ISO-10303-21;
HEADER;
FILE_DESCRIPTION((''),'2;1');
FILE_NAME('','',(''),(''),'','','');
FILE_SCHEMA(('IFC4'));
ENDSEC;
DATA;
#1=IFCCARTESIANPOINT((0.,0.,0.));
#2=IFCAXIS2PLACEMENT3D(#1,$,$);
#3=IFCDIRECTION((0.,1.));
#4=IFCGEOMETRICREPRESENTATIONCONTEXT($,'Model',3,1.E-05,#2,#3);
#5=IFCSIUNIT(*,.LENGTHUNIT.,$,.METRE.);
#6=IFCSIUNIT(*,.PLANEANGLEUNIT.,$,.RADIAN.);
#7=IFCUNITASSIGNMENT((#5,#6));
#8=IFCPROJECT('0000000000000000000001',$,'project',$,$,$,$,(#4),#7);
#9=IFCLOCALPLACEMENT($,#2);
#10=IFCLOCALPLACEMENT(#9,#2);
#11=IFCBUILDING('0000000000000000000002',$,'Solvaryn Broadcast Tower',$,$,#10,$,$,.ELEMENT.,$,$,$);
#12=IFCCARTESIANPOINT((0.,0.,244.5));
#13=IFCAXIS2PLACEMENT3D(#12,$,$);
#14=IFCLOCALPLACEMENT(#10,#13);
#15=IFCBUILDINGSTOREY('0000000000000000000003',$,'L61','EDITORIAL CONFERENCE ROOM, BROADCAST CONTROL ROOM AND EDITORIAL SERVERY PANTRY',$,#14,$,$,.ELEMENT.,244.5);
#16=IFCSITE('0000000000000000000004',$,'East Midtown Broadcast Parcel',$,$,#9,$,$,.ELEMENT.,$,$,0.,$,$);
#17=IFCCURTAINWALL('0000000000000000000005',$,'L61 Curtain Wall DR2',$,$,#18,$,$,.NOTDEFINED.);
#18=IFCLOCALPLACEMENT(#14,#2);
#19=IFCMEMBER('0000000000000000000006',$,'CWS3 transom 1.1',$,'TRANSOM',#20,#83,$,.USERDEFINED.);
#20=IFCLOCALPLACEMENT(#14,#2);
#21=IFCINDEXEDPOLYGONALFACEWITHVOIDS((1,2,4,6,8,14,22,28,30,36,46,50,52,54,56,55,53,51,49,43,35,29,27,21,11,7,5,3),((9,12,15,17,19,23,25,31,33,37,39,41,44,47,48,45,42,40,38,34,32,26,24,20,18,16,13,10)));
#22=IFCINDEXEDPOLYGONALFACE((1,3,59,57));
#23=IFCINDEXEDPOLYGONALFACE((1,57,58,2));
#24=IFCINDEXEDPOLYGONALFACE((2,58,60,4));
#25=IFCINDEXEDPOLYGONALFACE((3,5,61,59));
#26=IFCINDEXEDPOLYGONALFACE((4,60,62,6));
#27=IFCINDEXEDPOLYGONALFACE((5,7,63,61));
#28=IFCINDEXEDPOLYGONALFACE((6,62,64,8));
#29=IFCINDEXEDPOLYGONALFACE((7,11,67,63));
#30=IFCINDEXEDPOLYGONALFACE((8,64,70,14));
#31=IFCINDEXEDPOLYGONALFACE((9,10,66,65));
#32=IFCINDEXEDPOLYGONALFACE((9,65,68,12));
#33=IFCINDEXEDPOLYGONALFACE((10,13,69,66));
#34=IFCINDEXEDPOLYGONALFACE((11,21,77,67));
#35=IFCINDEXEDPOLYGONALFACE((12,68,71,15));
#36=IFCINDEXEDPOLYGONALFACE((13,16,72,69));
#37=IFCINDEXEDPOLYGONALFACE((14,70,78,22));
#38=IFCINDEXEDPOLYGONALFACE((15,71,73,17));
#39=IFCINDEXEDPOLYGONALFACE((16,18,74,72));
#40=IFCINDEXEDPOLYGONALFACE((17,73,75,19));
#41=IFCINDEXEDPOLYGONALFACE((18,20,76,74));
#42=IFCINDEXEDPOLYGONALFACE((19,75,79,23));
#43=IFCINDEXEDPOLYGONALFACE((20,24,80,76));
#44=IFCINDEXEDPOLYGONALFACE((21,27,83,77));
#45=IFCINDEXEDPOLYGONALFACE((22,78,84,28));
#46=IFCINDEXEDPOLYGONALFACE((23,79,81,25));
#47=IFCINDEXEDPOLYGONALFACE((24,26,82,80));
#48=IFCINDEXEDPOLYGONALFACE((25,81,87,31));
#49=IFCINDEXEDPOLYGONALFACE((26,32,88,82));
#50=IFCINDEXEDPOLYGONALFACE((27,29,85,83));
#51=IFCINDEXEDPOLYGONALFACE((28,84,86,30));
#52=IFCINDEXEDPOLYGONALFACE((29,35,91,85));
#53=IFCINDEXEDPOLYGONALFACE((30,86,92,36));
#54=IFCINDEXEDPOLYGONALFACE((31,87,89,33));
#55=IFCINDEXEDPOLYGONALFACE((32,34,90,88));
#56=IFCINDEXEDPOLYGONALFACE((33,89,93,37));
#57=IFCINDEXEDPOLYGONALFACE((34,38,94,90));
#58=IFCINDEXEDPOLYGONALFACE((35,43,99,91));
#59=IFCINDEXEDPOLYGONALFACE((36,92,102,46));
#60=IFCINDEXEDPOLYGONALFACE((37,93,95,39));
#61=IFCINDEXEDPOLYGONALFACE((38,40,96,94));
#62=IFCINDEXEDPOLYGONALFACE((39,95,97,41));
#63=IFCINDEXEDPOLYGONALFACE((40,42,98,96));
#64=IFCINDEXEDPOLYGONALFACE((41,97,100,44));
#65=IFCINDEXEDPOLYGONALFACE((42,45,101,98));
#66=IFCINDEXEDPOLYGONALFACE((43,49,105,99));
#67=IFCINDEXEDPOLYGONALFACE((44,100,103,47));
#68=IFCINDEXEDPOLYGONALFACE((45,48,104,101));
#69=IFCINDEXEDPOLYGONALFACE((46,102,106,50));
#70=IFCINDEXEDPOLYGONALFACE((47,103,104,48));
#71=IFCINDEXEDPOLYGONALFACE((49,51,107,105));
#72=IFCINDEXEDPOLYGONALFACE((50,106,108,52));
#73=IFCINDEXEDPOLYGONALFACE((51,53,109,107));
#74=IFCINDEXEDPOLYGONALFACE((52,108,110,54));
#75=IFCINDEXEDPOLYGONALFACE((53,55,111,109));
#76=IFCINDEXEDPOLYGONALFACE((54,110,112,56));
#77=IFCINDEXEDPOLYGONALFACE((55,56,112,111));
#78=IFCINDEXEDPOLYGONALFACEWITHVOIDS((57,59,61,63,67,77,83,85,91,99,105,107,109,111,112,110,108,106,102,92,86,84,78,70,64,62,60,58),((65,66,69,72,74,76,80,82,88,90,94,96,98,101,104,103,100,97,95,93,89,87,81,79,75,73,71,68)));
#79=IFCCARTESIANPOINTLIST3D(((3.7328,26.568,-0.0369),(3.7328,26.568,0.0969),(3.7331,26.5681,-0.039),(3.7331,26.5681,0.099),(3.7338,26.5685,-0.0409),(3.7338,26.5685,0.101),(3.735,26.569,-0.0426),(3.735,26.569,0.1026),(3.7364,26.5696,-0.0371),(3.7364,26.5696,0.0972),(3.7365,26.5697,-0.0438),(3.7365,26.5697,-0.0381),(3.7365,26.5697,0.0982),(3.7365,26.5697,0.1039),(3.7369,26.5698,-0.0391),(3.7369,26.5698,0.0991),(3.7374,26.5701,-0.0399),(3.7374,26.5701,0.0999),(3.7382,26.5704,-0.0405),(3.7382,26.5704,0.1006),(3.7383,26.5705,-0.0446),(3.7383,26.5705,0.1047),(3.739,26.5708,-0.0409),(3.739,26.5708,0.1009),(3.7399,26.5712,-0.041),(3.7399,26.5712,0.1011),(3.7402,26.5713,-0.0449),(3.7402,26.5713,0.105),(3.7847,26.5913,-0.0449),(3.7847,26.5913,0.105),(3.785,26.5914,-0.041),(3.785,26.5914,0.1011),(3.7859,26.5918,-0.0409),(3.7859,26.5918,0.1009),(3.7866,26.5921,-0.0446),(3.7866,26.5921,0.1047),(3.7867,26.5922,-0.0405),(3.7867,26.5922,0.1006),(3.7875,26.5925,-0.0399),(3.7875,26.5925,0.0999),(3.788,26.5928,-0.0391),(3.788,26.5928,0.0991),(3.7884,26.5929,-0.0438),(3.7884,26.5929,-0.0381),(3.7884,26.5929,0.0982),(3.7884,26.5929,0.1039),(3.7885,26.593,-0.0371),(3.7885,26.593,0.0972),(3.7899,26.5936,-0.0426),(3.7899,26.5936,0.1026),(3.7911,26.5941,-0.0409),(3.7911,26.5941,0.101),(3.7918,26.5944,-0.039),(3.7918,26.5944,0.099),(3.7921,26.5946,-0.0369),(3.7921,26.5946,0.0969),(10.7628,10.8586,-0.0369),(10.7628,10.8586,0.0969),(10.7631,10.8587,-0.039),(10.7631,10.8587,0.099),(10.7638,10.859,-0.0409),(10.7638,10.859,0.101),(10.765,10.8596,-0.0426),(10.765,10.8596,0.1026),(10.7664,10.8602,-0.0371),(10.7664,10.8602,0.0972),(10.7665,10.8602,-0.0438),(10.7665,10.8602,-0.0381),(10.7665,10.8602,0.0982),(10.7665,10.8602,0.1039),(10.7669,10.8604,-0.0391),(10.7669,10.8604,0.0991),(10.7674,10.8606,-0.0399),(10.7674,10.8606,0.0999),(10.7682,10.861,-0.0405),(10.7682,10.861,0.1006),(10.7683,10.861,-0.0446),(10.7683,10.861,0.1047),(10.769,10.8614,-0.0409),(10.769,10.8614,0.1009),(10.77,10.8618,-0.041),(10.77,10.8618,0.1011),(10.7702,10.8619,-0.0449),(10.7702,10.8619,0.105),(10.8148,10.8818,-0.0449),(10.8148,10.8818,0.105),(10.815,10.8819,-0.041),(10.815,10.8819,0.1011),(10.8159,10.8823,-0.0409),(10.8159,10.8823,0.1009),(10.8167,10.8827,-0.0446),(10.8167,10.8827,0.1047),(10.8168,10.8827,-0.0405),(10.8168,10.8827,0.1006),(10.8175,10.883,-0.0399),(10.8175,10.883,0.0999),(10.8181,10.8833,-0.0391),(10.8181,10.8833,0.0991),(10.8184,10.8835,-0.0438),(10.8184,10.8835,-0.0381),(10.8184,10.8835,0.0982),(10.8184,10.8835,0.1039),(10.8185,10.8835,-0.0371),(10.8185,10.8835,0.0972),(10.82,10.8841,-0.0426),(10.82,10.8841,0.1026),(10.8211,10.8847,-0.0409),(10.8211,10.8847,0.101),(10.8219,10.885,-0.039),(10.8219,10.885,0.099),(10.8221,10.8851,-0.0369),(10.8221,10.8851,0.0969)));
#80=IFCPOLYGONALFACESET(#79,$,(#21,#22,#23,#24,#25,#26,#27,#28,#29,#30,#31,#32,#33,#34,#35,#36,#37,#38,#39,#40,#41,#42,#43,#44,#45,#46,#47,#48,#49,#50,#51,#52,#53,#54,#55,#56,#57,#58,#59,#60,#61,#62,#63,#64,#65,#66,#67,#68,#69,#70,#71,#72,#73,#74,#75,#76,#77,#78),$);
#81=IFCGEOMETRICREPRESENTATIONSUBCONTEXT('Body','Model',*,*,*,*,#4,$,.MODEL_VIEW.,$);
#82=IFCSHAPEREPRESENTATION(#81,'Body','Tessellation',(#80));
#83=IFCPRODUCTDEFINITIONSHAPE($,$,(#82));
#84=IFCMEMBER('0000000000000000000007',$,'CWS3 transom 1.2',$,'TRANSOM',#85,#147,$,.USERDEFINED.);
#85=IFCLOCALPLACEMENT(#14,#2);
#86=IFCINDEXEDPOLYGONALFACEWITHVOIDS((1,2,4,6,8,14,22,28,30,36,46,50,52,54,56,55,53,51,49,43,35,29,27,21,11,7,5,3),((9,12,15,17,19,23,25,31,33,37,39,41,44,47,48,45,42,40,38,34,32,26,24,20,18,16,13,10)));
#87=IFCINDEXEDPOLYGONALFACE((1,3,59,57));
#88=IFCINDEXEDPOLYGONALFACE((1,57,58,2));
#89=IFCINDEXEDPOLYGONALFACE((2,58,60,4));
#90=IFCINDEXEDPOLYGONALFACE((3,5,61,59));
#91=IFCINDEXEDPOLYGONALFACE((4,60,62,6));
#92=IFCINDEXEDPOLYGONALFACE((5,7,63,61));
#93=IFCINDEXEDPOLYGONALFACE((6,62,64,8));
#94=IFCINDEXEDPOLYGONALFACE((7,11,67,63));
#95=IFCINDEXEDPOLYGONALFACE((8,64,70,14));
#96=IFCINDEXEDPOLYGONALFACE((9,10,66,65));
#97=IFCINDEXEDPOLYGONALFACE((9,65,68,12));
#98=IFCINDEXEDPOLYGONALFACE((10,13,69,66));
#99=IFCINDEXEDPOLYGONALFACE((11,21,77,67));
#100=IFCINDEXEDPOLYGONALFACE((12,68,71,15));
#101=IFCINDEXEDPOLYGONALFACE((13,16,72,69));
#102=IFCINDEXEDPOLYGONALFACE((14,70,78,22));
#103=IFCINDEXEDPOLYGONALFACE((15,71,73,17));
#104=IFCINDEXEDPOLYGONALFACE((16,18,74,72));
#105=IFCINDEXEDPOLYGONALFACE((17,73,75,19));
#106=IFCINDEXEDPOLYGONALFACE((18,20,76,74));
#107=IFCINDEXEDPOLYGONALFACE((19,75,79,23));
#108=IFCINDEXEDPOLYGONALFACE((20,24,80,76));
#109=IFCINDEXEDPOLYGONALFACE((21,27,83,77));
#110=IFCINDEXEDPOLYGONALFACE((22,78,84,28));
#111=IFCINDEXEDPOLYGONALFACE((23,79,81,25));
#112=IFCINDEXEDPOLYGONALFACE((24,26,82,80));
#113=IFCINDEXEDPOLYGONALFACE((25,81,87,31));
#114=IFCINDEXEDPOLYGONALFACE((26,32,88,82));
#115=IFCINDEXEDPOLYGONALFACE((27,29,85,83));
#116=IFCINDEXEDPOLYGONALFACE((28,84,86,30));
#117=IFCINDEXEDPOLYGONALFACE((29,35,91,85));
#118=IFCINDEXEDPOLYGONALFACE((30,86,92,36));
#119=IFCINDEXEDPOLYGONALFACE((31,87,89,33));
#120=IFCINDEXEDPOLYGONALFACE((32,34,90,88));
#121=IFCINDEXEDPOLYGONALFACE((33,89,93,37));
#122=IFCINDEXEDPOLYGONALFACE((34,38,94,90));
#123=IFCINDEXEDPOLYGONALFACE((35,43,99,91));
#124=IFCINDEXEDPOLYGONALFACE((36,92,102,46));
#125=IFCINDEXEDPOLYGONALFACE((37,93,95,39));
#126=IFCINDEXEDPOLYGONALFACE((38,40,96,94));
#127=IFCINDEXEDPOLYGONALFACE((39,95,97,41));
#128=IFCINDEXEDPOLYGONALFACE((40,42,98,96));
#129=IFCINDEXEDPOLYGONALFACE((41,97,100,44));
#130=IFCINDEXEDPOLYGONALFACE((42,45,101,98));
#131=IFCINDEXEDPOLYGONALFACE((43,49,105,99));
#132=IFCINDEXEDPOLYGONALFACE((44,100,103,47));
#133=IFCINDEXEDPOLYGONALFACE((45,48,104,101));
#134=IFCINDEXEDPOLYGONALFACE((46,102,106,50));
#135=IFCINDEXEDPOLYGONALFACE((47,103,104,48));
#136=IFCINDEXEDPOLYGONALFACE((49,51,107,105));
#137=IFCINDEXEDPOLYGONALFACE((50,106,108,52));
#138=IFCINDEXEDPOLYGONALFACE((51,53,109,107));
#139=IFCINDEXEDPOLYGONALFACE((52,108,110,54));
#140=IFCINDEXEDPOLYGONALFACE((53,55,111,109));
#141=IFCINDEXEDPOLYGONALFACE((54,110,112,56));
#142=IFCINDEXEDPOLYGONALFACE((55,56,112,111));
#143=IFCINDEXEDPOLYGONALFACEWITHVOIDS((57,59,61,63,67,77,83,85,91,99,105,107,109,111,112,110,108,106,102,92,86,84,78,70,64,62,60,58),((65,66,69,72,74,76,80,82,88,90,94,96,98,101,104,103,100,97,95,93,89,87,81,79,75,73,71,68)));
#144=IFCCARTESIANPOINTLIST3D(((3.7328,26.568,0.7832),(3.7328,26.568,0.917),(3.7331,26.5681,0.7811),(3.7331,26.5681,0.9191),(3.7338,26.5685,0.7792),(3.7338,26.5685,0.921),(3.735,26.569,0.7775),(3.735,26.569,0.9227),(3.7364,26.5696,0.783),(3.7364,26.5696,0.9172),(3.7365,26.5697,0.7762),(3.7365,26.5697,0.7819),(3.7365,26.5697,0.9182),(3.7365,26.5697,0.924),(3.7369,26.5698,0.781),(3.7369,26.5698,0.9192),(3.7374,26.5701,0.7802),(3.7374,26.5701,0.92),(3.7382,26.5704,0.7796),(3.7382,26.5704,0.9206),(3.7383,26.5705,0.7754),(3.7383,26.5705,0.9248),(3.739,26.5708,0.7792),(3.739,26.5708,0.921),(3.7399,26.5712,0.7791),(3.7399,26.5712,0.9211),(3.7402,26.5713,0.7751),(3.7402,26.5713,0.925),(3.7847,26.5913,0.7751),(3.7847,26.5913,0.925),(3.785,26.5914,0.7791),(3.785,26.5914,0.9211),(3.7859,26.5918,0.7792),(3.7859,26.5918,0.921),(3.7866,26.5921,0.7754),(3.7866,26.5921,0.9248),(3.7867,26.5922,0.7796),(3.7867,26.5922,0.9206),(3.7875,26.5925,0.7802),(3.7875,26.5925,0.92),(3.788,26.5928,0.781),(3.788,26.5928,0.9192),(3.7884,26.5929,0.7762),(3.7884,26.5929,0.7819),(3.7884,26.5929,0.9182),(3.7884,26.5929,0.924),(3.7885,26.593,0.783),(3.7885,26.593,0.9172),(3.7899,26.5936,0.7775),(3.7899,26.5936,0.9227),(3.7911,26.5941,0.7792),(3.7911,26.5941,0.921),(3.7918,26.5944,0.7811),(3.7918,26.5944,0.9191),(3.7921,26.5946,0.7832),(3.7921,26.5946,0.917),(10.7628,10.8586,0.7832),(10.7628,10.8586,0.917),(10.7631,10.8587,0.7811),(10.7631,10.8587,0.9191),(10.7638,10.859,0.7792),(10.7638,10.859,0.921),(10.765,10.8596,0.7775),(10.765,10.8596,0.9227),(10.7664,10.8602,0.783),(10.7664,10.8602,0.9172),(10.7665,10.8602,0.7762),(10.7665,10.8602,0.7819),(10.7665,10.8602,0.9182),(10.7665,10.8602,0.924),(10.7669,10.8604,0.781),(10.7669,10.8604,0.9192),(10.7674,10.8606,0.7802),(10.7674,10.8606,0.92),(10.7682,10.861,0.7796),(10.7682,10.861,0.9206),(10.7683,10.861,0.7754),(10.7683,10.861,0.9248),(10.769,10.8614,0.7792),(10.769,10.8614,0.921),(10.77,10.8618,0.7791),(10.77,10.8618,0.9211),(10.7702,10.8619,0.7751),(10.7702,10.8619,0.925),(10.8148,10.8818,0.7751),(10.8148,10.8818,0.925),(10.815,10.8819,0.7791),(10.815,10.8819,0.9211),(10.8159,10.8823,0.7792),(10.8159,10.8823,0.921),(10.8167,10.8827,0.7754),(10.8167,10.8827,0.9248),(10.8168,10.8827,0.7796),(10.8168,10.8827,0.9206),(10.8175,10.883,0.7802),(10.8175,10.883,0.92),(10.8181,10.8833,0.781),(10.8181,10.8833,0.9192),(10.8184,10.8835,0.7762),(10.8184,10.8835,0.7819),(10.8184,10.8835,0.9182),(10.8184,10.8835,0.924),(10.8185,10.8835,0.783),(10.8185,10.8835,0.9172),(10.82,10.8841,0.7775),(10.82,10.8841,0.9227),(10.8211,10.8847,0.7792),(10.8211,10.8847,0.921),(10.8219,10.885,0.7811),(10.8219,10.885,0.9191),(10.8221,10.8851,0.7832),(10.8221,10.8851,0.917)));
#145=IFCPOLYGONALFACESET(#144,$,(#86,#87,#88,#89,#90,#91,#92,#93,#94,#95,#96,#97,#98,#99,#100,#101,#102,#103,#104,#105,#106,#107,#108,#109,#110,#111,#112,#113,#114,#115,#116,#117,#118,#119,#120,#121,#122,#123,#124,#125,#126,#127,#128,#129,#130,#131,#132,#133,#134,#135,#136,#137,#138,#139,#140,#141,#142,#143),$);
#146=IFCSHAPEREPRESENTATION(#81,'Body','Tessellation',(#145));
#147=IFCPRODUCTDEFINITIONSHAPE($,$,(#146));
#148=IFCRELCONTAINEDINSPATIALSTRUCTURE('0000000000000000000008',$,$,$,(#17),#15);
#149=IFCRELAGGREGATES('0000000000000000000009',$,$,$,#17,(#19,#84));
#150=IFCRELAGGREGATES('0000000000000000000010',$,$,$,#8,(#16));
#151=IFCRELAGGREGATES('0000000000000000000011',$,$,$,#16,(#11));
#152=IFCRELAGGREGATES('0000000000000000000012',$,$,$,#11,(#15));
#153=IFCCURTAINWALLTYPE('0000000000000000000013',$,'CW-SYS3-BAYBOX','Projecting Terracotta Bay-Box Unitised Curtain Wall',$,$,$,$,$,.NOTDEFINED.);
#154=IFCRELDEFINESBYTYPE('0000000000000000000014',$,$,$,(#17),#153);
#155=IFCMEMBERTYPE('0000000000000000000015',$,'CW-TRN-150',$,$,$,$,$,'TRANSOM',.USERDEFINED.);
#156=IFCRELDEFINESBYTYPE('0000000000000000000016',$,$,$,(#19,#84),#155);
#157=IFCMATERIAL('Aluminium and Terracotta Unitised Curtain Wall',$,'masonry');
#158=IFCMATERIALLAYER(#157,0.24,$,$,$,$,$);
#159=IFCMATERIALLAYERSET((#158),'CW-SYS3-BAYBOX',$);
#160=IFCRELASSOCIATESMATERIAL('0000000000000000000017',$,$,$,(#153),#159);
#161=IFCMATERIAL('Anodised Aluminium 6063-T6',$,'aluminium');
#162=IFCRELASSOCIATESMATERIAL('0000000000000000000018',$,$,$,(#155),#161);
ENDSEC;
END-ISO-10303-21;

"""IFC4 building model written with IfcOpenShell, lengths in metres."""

from ifc_helpers import new_model, si_unit, direction, frame, origin, origin_2d, place, context, subcontext, project, spatial, hollow_rectangle, extrude, material, layer, layer_set, material_profile, profile_set, type_object, element, aggregate, save


model = new_model("IFC4")

# Units and contexts
model_context = context("Model", 3, precision=1e-05, world=origin(), true_north=direction((0.0, 1.0)))
body_context = subcontext(model_context, "Body", "Model", "MODEL_VIEW")
ifc_project = project(units=[si_unit("LENGTHUNIT", "METRE"), si_unit("PLANEANGLEUNIT", "RADIAN")], contexts=[model_context])

# Site, building, storey
site_placement = place(None, origin())
site = spatial("IfcSite", under=ifc_project, at=site_placement, Name="East Midtown Broadcast Parcel", CompositionType="ELEMENT", RefElevation=0.0)
building_placement = place(site_placement, origin())
building = spatial("IfcBuilding", under=site, at=building_placement, Name="Solvaryn Broadcast Tower", CompositionType="ELEMENT")
storey_placement = place(building_placement, frame((0.0, 0.0, 244.5)))
storey = spatial("IfcBuildingStorey", under=building, at=storey_placement, Name="L61", Description="EDITORIAL CONFERENCE ROOM, BROADCAST CONTROL ROOM AND EDITORIAL SERVERY PANTRY", CompositionType="ELEMENT", Elevation=244.5)

# Curtain wall, members
ifc_material_1 = material(Name="Aluminium and Terracotta Unitised Curtain Wall", Category="masonry")
ifc_layer_1 = layer(ifc_material_1, 0.24)
ifc_layer_set_1 = layer_set([ifc_layer_1], Name="CW-SYS3-BAYBOX")
curtain_wall_type_1 = type_object("IfcCurtainWallType", Name="CW-SYS3-BAYBOX", Description="Projecting Terracotta Bay-Box Unitised Curtain Wall", PredefinedType="NOTDEFINED", material=ifc_layer_set_1)
curtain_wall_1_placement = place(storey_placement, origin())
curtain_wall_1 = element("IfcCurtainWall", 1, at=curtain_wall_1_placement, inside=storey, type_object=curtain_wall_type_1, Name="L61 Curtain Wall DR2", PredefinedType="NOTDEFINED")
ifc_material_2 = material(Name="Anodised Aluminium 6063-T6", Category="aluminium")
ifc_material_profile_1 = material_profile(ifc_material_2, hollow_rectangle(XDim=0.0649, YDim=0.1499, WallThickness=0.0039, InnerFilletRadius=0.0039, OuterFilletRadius=0.0081, at=origin_2d()))
ifc_profile_set_1 = profile_set([ifc_material_profile_1], Name="Anodised Aluminium 6063-T6")
member_type_1 = type_object("IfcMemberType", Name="CW-TRN-150", ElementType="TRANSOM", PredefinedType="USERDEFINED", material=ifc_profile_set_1)
member_1_placement = place(storey_placement, frame((3.7625, 26.5813, 0.03), z_axis=(0.408468, -0.912773, 0.0), x_axis=(0.912773, 0.408468, 0.0)))
member_1 = element("IfcMember", 2, at=member_1_placement, type_object=member_type_1, Name="CWS3 transom 1.1", ObjectType="TRANSOM", PredefinedType="USERDEFINED", context=body_context, shape_type="SweptSolid", body=[
    extrude(hollow_rectangle(XDim=0.0649, YDim=0.1499, WallThickness=0.0039, InnerFilletRadius=0.0039, OuterFilletRadius=0.0081, at=origin_2d()), origin(), (0.0, 0.0, 1.0), 17.2107),
])
member_2_placement = place(storey_placement, frame((3.7625, 26.5813, 0.8501), z_axis=(0.408468, -0.912773, 0.0), x_axis=(0.912773, 0.408468, 0.0)))
member_2 = element("IfcMember", 3, at=member_2_placement, type_object=member_type_1, Name="CWS3 transom 1.2", ObjectType="TRANSOM", PredefinedType="USERDEFINED", context=body_context, shape_type="SweptSolid", body=[
    extrude(hollow_rectangle(XDim=0.0649, YDim=0.1499, WallThickness=0.0039, InnerFilletRadius=0.0039, OuterFilletRadius=0.0081, at=origin_2d()), origin(), (0.0, 0.0, 1.0), 17.2107),
])
aggregate(curtain_wall_1, [member_1, member_2])

save(model, "model.ifc")
